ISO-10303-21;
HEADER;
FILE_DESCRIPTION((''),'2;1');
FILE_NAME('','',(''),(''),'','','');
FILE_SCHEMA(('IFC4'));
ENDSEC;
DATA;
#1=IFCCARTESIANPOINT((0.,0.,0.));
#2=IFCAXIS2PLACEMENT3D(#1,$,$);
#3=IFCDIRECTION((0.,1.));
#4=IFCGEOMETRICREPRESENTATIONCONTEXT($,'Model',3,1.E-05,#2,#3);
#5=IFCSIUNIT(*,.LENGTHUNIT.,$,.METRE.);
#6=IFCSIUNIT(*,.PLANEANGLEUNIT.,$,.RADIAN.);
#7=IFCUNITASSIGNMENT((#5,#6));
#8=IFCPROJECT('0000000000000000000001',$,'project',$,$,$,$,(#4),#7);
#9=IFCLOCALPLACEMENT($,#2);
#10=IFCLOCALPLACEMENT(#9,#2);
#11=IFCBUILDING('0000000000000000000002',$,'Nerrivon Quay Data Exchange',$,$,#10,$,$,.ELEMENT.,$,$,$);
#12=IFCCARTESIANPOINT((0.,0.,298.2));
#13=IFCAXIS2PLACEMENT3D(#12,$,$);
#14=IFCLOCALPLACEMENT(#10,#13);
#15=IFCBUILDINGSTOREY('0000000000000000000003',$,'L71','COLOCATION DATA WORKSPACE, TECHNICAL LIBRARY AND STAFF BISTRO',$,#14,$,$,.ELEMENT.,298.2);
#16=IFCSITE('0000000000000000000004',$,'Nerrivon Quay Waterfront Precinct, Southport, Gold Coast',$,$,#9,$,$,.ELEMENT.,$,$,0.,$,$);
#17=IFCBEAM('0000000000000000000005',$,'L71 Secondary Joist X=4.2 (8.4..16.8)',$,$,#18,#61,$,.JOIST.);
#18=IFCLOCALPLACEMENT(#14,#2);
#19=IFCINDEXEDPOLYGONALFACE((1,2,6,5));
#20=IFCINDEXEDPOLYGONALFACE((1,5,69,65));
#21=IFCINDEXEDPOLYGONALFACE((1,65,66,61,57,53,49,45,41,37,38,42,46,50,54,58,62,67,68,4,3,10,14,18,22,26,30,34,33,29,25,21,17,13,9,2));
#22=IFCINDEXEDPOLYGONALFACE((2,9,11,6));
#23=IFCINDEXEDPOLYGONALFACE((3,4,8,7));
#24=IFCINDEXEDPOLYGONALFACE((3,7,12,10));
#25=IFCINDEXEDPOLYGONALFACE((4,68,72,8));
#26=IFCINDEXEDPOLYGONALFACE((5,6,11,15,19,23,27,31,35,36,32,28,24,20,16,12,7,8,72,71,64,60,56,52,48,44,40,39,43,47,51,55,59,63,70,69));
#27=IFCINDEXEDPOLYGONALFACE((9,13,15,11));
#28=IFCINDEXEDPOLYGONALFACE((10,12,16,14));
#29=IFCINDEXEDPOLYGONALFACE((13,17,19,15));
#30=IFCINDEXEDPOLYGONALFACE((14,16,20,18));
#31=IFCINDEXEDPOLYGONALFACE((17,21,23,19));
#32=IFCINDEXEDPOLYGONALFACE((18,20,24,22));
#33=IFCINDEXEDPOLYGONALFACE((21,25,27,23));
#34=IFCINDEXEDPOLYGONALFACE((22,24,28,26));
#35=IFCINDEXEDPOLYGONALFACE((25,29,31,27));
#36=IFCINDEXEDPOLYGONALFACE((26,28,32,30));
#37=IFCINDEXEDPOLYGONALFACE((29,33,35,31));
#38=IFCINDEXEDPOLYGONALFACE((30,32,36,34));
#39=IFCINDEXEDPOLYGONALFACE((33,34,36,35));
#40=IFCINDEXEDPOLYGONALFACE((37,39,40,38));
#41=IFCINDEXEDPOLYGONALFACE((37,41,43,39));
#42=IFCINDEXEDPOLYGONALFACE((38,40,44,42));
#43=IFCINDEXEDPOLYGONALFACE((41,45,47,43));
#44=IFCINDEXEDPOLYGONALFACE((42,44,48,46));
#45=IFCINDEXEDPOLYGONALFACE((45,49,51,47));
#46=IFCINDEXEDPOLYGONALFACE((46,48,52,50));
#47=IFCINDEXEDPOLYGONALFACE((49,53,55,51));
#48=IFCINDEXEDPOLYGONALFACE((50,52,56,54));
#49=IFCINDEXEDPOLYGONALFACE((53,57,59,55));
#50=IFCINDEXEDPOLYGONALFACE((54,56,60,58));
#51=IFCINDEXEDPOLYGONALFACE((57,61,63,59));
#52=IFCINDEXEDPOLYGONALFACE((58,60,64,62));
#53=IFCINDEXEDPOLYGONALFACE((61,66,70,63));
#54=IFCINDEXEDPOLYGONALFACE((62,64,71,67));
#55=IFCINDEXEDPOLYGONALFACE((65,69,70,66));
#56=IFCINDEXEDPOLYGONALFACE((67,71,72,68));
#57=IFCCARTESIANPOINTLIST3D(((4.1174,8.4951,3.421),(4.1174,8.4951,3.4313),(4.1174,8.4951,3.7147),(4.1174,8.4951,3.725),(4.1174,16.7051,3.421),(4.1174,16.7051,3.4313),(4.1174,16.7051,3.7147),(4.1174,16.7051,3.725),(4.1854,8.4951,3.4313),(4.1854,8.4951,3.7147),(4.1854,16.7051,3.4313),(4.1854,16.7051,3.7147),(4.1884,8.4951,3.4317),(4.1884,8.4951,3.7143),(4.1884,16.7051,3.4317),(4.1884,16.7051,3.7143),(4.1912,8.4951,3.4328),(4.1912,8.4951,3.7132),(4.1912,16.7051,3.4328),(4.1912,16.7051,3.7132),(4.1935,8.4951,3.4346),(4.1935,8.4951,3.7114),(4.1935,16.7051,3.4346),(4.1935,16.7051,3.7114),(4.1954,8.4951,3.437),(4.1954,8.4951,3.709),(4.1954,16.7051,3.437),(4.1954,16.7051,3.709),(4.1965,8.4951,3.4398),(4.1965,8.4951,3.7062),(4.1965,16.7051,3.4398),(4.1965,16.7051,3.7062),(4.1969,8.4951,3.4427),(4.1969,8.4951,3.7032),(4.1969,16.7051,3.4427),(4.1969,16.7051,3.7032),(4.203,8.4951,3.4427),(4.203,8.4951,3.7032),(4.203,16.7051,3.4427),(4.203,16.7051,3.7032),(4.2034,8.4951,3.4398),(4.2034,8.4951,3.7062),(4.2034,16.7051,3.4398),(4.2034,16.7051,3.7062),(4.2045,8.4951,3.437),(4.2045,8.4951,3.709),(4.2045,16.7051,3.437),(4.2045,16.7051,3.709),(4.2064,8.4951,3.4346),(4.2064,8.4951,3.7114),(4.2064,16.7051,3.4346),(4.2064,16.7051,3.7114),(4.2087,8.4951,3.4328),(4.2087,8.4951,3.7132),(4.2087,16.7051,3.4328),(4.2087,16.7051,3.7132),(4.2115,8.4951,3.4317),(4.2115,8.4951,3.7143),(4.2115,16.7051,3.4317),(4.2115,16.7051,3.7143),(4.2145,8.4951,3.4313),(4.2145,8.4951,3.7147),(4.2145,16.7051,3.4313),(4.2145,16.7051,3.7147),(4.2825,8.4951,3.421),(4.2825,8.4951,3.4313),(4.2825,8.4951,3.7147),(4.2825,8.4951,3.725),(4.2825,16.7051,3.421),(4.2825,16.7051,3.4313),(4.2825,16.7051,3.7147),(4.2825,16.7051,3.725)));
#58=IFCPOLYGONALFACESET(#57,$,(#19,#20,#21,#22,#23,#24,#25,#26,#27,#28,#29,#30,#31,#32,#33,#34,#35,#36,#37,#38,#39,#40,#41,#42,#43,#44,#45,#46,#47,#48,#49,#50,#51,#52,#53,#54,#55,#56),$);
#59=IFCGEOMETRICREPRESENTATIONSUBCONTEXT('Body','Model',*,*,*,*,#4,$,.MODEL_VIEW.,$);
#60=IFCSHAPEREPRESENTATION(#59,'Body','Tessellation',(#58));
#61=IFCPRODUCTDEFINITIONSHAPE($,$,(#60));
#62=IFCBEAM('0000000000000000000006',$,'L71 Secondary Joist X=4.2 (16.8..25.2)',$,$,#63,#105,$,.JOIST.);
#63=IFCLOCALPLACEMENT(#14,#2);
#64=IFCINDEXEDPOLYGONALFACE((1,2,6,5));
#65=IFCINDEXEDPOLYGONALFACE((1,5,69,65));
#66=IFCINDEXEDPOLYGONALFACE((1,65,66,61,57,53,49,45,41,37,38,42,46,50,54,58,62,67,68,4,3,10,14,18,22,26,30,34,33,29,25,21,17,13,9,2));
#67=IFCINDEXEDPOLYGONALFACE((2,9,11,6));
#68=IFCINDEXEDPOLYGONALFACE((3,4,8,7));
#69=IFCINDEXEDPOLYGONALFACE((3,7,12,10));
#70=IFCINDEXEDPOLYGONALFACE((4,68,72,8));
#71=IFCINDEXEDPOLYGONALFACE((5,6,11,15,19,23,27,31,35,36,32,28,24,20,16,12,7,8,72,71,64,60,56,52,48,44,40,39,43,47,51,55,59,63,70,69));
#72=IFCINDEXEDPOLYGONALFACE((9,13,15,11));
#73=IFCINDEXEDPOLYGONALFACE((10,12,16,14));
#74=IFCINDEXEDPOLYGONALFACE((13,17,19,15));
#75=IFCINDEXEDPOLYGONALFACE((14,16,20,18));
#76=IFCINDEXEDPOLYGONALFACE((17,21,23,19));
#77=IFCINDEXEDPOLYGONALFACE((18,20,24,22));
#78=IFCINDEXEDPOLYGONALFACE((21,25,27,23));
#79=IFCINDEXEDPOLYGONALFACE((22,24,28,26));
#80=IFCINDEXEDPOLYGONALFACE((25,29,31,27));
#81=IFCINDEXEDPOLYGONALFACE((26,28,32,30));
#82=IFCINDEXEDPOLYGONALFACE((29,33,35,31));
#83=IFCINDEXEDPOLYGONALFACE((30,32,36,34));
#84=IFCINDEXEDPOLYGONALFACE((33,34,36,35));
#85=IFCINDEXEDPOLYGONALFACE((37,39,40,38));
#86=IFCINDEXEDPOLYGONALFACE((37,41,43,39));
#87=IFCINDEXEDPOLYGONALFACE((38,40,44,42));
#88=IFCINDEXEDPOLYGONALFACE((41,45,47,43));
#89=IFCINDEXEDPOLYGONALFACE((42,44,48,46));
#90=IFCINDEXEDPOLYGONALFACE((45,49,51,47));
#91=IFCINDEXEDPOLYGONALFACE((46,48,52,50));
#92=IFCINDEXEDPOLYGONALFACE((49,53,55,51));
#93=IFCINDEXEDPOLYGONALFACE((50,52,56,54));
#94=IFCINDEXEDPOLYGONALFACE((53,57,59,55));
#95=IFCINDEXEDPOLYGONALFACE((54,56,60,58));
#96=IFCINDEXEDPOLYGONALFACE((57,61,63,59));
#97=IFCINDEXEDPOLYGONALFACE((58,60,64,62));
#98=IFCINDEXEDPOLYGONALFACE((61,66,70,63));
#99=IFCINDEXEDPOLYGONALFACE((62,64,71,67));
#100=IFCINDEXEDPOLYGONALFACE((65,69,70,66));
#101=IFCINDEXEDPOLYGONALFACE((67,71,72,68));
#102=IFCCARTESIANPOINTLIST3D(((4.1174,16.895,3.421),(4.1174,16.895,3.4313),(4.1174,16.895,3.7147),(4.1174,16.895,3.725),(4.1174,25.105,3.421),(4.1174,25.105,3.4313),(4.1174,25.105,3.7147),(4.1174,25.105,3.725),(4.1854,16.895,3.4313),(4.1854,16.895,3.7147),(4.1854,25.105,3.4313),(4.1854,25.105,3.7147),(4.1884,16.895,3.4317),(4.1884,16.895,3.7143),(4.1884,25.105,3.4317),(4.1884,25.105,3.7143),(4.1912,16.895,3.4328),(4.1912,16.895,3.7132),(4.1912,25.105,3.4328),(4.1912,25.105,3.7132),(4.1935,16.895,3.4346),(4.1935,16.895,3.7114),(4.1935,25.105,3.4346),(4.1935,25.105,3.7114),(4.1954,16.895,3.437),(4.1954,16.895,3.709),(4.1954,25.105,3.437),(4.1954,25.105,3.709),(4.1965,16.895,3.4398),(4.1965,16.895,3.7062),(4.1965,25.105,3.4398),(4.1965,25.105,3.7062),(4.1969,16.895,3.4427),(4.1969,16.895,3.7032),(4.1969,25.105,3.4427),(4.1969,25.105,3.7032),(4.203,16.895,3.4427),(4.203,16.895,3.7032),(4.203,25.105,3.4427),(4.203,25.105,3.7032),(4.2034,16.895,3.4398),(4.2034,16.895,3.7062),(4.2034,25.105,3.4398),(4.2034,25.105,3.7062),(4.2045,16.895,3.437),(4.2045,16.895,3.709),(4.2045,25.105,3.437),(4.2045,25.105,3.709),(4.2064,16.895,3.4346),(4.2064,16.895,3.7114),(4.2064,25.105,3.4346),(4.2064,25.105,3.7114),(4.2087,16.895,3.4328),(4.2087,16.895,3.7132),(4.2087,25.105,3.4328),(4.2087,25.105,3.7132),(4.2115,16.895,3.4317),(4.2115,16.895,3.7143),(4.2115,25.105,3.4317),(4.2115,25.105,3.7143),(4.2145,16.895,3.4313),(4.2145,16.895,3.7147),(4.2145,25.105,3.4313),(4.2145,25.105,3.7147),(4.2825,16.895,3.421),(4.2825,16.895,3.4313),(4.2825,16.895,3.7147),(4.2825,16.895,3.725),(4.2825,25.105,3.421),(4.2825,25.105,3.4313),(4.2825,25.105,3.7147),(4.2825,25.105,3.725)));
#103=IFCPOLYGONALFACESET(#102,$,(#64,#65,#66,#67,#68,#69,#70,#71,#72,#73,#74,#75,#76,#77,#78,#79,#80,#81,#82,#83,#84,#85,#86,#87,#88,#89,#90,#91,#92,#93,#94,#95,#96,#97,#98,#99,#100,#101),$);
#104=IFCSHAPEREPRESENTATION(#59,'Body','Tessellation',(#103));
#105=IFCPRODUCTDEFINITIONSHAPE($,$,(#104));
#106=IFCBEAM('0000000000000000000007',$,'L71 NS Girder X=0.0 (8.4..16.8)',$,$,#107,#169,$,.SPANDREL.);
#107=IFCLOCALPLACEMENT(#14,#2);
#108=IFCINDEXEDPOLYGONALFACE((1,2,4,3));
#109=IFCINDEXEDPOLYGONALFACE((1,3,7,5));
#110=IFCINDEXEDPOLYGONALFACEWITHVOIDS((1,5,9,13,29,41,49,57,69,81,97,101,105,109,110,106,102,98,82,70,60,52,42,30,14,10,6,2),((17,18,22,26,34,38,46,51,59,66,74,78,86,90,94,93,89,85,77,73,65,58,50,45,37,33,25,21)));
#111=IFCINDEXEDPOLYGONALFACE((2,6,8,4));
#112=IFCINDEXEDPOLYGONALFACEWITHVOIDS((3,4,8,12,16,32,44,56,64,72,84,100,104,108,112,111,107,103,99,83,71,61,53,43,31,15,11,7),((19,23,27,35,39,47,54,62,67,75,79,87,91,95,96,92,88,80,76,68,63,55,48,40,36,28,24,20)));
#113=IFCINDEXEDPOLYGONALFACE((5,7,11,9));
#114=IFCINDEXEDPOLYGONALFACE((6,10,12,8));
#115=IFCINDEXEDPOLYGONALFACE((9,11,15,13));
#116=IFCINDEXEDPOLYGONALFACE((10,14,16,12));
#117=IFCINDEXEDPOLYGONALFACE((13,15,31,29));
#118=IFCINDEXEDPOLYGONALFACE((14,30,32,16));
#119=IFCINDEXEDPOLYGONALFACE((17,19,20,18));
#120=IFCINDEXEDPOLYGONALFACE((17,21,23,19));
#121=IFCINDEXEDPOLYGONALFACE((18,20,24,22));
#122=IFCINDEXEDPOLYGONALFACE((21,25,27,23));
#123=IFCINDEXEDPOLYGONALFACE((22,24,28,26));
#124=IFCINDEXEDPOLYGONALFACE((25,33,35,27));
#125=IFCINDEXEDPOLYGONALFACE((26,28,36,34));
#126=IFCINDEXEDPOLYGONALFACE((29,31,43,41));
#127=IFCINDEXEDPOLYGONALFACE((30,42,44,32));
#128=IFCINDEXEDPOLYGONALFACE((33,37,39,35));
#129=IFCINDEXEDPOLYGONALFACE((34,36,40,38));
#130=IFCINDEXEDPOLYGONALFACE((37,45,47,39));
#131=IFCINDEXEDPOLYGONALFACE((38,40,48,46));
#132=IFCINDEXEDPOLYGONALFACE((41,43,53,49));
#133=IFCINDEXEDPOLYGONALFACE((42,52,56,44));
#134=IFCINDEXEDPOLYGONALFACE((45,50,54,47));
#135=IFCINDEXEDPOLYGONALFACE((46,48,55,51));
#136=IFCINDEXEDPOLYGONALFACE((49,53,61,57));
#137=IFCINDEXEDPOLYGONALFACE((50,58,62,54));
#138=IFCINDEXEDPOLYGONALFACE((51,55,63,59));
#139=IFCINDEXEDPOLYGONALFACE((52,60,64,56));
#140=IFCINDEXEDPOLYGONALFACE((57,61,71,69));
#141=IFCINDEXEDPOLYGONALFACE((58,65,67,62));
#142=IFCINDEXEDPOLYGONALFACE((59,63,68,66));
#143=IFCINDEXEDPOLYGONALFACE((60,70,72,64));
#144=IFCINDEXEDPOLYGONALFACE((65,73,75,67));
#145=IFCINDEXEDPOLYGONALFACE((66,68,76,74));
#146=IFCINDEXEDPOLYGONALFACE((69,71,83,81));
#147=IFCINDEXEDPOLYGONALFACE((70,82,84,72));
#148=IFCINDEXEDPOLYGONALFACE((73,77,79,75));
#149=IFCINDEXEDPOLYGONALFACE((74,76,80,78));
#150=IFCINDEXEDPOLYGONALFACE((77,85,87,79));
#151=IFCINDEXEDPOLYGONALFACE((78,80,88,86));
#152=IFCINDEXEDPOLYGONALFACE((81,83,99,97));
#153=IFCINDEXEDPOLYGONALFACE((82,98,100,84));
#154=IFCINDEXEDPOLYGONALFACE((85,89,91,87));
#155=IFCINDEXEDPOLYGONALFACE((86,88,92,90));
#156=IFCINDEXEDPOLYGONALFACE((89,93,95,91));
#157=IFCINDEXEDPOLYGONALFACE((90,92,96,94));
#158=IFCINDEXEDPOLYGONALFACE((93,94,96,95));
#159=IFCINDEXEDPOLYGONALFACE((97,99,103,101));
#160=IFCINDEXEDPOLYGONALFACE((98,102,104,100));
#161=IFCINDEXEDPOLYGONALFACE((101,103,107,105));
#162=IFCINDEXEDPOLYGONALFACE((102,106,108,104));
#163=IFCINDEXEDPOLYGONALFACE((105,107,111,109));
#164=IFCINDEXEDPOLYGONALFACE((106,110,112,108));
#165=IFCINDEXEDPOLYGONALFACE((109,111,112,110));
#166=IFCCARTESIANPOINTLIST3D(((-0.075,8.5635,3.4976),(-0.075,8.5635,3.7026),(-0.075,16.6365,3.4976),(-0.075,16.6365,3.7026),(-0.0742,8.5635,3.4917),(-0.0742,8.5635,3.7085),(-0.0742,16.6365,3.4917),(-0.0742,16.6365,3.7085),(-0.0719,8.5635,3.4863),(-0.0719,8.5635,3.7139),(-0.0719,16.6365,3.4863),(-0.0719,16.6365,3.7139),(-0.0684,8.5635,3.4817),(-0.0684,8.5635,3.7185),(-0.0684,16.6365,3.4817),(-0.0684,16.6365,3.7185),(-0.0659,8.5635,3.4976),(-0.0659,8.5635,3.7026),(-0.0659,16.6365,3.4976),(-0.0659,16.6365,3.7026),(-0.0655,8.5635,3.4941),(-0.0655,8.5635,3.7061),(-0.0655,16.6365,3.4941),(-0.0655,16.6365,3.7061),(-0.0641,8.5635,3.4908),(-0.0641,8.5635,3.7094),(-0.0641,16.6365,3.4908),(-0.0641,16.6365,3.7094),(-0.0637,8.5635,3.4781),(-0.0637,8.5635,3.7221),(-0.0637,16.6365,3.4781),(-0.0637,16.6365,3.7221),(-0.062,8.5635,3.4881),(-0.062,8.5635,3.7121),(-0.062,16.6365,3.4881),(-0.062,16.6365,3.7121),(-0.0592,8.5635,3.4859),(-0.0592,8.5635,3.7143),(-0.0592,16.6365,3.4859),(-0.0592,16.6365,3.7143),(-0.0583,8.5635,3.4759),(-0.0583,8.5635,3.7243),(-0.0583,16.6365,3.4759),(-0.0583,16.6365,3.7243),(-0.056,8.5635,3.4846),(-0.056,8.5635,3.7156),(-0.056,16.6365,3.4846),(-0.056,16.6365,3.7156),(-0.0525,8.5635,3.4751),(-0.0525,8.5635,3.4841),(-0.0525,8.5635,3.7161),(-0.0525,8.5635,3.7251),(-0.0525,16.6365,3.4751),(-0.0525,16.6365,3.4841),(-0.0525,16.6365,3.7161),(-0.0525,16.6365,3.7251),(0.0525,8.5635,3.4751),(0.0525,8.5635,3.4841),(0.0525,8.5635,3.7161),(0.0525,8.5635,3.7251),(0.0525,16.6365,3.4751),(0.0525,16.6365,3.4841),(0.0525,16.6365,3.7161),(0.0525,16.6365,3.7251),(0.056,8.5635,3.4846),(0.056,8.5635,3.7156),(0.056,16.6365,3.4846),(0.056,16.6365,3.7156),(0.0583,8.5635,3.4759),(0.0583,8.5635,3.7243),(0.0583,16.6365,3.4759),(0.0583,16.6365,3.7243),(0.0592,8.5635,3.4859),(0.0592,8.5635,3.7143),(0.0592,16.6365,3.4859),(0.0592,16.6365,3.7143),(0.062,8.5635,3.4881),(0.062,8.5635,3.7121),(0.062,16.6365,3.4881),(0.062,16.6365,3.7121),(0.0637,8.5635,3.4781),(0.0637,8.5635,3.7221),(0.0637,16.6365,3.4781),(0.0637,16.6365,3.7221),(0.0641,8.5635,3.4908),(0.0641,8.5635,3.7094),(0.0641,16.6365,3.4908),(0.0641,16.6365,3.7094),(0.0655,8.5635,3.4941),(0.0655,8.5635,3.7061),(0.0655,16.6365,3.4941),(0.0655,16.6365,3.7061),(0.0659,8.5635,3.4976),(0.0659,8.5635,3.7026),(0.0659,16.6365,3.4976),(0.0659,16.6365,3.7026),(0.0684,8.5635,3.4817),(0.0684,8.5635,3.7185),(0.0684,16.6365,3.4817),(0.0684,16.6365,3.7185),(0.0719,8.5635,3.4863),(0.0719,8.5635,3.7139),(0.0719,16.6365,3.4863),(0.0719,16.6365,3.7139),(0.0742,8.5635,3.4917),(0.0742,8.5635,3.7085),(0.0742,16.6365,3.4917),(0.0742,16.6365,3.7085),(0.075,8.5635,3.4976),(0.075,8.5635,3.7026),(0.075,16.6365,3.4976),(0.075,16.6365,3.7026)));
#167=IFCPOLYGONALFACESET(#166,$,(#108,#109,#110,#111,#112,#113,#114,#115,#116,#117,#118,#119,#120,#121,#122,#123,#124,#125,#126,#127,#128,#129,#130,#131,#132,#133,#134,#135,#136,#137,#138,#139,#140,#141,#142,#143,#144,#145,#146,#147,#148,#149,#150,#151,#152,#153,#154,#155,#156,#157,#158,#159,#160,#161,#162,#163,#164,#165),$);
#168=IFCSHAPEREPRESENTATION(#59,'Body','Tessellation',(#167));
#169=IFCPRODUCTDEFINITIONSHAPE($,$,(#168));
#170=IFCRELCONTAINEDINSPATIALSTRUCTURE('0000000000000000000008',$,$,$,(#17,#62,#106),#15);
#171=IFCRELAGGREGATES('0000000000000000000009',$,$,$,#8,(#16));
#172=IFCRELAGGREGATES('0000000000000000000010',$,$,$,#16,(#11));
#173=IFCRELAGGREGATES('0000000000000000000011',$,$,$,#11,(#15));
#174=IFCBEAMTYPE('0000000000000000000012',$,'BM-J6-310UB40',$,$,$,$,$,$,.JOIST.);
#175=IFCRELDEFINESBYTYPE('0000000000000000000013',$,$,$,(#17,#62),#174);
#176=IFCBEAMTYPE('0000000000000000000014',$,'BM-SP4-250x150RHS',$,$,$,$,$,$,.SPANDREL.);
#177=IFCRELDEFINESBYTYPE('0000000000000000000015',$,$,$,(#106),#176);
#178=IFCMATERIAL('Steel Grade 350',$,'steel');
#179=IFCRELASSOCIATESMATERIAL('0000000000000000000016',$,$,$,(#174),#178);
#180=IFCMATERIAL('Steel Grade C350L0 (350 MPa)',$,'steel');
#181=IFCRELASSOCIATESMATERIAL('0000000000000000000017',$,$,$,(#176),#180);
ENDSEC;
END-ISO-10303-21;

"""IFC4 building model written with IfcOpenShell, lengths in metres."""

from ifc_helpers import new_model, si_unit, direction, frame, origin, origin_2d, place, context, subcontext, project, spatial, hollow_rectangle, i_section, extrude, material, material_profile, profile_set, type_object, element, save


model = new_model("IFC4")

# Units and contexts
model_context = context("Model", 3, precision=1e-05, world=origin(), true_north=direction((0.0, 1.0)))
body_context = subcontext(model_context, "Body", "Model", "MODEL_VIEW")
ifc_project = project(units=[si_unit("LENGTHUNIT", "METRE"), si_unit("PLANEANGLEUNIT", "RADIAN")], contexts=[model_context])

# Site, building, storey
site_placement = place(None, origin())
site = spatial("IfcSite", under=ifc_project, at=site_placement, Name="Nerrivon Quay Waterfront Precinct, Southport, Gold Coast", CompositionType="ELEMENT", RefElevation=0.0)
building_placement = place(site_placement, origin())
building = spatial("IfcBuilding", under=site, at=building_placement, Name="Nerrivon Quay Data Exchange", CompositionType="ELEMENT")
storey_placement = place(building_placement, frame((0.0, 0.0, 298.2)))
storey = spatial("IfcBuildingStorey", under=building, at=storey_placement, Name="L71", Description="COLOCATION DATA WORKSPACE, TECHNICAL LIBRARY AND STAFF BISTRO", CompositionType="ELEMENT", Elevation=298.2)

# Shared definitions
ifc_material_1 = material(Name="Steel Grade 350", Category="steel")

# Beams
ifc_material_profile_1 = material_profile(ifc_material_1, i_section(OverallWidth=0.165, OverallDepth=0.304, WebThickness=0.0061, FlangeThickness=0.0103, FilletRadius=0.0115, at=origin_2d()), Name="310UB40.4")
ifc_profile_set_1 = profile_set([ifc_material_profile_1], Name="Steel Grade 350")
beam_type_1 = type_object("IfcBeamType", Name="BM-J6-310UB40", PredefinedType="JOIST", material=ifc_profile_set_1)
for number, where, z_axis, x_axis, name in (
    (1, (4.2, 8.4951, 3.573), (0.0, 1.0, 0.0), (-1.0, 0.0, 0.0), "L71 Secondary Joist X=4.2 (8.4..16.8)"),
    (2, (4.2, 16.895, 3.573), (0.0, 1.0, 0.0), (-1.0, 0.0, 0.0), "L71 Secondary Joist X=4.2 (16.8..25.2)"),
):
    element("IfcBeam", number, at=place(storey_placement, frame(where, z_axis=z_axis, x_axis=x_axis)), inside=storey, type_object=beam_type_1, Name=name, PredefinedType="JOIST", context=body_context, shape_type="SweptSolid", body=[
        extrude(i_section(OverallWidth=0.165, OverallDepth=0.304, WebThickness=0.0061, FlangeThickness=0.0103, FilletRadius=0.0115, at=origin_2d()), origin(), (0.0, 0.0, 1.0), 8.21),
    ])
ifc_material_2 = material(Name="Steel Grade C350L0 (350 MPa)", Category="steel")
ifc_material_profile_2 = material_profile(ifc_material_2, hollow_rectangle(XDim=0.1499, YDim=0.25, WallThickness=0.009, InnerFilletRadius=0.0134, OuterFilletRadius=0.0225, at=origin_2d()), Name="250x150x9.0RHS")
ifc_profile_set_2 = profile_set([ifc_material_profile_2], Name="Steel Grade C350L0 (350 MPa)")
beam_type_2 = type_object("IfcBeamType", Name="BM-SP4-250x150RHS", PredefinedType="SPANDREL", material=ifc_profile_set_2)
beam_1_placement = place(storey_placement, frame((0.0, 8.5635, 3.6001), z_axis=(0.0, 1.0, 0.0), x_axis=(-1.0, 0.0, 0.0)))
element("IfcBeam", 3, at=beam_1_placement, inside=storey, type_object=beam_type_2, Name="L71 NS Girder X=0.0 (8.4..16.8)", PredefinedType="SPANDREL", context=body_context, shape_type="SweptSolid", body=[
    extrude(hollow_rectangle(XDim=0.1499, YDim=0.25, WallThickness=0.009, InnerFilletRadius=0.0134, OuterFilletRadius=0.0225, at=origin_2d()), origin(), (0.0, 0.0, 1.0), 8.073),
])

save(model, "model.ifc")
